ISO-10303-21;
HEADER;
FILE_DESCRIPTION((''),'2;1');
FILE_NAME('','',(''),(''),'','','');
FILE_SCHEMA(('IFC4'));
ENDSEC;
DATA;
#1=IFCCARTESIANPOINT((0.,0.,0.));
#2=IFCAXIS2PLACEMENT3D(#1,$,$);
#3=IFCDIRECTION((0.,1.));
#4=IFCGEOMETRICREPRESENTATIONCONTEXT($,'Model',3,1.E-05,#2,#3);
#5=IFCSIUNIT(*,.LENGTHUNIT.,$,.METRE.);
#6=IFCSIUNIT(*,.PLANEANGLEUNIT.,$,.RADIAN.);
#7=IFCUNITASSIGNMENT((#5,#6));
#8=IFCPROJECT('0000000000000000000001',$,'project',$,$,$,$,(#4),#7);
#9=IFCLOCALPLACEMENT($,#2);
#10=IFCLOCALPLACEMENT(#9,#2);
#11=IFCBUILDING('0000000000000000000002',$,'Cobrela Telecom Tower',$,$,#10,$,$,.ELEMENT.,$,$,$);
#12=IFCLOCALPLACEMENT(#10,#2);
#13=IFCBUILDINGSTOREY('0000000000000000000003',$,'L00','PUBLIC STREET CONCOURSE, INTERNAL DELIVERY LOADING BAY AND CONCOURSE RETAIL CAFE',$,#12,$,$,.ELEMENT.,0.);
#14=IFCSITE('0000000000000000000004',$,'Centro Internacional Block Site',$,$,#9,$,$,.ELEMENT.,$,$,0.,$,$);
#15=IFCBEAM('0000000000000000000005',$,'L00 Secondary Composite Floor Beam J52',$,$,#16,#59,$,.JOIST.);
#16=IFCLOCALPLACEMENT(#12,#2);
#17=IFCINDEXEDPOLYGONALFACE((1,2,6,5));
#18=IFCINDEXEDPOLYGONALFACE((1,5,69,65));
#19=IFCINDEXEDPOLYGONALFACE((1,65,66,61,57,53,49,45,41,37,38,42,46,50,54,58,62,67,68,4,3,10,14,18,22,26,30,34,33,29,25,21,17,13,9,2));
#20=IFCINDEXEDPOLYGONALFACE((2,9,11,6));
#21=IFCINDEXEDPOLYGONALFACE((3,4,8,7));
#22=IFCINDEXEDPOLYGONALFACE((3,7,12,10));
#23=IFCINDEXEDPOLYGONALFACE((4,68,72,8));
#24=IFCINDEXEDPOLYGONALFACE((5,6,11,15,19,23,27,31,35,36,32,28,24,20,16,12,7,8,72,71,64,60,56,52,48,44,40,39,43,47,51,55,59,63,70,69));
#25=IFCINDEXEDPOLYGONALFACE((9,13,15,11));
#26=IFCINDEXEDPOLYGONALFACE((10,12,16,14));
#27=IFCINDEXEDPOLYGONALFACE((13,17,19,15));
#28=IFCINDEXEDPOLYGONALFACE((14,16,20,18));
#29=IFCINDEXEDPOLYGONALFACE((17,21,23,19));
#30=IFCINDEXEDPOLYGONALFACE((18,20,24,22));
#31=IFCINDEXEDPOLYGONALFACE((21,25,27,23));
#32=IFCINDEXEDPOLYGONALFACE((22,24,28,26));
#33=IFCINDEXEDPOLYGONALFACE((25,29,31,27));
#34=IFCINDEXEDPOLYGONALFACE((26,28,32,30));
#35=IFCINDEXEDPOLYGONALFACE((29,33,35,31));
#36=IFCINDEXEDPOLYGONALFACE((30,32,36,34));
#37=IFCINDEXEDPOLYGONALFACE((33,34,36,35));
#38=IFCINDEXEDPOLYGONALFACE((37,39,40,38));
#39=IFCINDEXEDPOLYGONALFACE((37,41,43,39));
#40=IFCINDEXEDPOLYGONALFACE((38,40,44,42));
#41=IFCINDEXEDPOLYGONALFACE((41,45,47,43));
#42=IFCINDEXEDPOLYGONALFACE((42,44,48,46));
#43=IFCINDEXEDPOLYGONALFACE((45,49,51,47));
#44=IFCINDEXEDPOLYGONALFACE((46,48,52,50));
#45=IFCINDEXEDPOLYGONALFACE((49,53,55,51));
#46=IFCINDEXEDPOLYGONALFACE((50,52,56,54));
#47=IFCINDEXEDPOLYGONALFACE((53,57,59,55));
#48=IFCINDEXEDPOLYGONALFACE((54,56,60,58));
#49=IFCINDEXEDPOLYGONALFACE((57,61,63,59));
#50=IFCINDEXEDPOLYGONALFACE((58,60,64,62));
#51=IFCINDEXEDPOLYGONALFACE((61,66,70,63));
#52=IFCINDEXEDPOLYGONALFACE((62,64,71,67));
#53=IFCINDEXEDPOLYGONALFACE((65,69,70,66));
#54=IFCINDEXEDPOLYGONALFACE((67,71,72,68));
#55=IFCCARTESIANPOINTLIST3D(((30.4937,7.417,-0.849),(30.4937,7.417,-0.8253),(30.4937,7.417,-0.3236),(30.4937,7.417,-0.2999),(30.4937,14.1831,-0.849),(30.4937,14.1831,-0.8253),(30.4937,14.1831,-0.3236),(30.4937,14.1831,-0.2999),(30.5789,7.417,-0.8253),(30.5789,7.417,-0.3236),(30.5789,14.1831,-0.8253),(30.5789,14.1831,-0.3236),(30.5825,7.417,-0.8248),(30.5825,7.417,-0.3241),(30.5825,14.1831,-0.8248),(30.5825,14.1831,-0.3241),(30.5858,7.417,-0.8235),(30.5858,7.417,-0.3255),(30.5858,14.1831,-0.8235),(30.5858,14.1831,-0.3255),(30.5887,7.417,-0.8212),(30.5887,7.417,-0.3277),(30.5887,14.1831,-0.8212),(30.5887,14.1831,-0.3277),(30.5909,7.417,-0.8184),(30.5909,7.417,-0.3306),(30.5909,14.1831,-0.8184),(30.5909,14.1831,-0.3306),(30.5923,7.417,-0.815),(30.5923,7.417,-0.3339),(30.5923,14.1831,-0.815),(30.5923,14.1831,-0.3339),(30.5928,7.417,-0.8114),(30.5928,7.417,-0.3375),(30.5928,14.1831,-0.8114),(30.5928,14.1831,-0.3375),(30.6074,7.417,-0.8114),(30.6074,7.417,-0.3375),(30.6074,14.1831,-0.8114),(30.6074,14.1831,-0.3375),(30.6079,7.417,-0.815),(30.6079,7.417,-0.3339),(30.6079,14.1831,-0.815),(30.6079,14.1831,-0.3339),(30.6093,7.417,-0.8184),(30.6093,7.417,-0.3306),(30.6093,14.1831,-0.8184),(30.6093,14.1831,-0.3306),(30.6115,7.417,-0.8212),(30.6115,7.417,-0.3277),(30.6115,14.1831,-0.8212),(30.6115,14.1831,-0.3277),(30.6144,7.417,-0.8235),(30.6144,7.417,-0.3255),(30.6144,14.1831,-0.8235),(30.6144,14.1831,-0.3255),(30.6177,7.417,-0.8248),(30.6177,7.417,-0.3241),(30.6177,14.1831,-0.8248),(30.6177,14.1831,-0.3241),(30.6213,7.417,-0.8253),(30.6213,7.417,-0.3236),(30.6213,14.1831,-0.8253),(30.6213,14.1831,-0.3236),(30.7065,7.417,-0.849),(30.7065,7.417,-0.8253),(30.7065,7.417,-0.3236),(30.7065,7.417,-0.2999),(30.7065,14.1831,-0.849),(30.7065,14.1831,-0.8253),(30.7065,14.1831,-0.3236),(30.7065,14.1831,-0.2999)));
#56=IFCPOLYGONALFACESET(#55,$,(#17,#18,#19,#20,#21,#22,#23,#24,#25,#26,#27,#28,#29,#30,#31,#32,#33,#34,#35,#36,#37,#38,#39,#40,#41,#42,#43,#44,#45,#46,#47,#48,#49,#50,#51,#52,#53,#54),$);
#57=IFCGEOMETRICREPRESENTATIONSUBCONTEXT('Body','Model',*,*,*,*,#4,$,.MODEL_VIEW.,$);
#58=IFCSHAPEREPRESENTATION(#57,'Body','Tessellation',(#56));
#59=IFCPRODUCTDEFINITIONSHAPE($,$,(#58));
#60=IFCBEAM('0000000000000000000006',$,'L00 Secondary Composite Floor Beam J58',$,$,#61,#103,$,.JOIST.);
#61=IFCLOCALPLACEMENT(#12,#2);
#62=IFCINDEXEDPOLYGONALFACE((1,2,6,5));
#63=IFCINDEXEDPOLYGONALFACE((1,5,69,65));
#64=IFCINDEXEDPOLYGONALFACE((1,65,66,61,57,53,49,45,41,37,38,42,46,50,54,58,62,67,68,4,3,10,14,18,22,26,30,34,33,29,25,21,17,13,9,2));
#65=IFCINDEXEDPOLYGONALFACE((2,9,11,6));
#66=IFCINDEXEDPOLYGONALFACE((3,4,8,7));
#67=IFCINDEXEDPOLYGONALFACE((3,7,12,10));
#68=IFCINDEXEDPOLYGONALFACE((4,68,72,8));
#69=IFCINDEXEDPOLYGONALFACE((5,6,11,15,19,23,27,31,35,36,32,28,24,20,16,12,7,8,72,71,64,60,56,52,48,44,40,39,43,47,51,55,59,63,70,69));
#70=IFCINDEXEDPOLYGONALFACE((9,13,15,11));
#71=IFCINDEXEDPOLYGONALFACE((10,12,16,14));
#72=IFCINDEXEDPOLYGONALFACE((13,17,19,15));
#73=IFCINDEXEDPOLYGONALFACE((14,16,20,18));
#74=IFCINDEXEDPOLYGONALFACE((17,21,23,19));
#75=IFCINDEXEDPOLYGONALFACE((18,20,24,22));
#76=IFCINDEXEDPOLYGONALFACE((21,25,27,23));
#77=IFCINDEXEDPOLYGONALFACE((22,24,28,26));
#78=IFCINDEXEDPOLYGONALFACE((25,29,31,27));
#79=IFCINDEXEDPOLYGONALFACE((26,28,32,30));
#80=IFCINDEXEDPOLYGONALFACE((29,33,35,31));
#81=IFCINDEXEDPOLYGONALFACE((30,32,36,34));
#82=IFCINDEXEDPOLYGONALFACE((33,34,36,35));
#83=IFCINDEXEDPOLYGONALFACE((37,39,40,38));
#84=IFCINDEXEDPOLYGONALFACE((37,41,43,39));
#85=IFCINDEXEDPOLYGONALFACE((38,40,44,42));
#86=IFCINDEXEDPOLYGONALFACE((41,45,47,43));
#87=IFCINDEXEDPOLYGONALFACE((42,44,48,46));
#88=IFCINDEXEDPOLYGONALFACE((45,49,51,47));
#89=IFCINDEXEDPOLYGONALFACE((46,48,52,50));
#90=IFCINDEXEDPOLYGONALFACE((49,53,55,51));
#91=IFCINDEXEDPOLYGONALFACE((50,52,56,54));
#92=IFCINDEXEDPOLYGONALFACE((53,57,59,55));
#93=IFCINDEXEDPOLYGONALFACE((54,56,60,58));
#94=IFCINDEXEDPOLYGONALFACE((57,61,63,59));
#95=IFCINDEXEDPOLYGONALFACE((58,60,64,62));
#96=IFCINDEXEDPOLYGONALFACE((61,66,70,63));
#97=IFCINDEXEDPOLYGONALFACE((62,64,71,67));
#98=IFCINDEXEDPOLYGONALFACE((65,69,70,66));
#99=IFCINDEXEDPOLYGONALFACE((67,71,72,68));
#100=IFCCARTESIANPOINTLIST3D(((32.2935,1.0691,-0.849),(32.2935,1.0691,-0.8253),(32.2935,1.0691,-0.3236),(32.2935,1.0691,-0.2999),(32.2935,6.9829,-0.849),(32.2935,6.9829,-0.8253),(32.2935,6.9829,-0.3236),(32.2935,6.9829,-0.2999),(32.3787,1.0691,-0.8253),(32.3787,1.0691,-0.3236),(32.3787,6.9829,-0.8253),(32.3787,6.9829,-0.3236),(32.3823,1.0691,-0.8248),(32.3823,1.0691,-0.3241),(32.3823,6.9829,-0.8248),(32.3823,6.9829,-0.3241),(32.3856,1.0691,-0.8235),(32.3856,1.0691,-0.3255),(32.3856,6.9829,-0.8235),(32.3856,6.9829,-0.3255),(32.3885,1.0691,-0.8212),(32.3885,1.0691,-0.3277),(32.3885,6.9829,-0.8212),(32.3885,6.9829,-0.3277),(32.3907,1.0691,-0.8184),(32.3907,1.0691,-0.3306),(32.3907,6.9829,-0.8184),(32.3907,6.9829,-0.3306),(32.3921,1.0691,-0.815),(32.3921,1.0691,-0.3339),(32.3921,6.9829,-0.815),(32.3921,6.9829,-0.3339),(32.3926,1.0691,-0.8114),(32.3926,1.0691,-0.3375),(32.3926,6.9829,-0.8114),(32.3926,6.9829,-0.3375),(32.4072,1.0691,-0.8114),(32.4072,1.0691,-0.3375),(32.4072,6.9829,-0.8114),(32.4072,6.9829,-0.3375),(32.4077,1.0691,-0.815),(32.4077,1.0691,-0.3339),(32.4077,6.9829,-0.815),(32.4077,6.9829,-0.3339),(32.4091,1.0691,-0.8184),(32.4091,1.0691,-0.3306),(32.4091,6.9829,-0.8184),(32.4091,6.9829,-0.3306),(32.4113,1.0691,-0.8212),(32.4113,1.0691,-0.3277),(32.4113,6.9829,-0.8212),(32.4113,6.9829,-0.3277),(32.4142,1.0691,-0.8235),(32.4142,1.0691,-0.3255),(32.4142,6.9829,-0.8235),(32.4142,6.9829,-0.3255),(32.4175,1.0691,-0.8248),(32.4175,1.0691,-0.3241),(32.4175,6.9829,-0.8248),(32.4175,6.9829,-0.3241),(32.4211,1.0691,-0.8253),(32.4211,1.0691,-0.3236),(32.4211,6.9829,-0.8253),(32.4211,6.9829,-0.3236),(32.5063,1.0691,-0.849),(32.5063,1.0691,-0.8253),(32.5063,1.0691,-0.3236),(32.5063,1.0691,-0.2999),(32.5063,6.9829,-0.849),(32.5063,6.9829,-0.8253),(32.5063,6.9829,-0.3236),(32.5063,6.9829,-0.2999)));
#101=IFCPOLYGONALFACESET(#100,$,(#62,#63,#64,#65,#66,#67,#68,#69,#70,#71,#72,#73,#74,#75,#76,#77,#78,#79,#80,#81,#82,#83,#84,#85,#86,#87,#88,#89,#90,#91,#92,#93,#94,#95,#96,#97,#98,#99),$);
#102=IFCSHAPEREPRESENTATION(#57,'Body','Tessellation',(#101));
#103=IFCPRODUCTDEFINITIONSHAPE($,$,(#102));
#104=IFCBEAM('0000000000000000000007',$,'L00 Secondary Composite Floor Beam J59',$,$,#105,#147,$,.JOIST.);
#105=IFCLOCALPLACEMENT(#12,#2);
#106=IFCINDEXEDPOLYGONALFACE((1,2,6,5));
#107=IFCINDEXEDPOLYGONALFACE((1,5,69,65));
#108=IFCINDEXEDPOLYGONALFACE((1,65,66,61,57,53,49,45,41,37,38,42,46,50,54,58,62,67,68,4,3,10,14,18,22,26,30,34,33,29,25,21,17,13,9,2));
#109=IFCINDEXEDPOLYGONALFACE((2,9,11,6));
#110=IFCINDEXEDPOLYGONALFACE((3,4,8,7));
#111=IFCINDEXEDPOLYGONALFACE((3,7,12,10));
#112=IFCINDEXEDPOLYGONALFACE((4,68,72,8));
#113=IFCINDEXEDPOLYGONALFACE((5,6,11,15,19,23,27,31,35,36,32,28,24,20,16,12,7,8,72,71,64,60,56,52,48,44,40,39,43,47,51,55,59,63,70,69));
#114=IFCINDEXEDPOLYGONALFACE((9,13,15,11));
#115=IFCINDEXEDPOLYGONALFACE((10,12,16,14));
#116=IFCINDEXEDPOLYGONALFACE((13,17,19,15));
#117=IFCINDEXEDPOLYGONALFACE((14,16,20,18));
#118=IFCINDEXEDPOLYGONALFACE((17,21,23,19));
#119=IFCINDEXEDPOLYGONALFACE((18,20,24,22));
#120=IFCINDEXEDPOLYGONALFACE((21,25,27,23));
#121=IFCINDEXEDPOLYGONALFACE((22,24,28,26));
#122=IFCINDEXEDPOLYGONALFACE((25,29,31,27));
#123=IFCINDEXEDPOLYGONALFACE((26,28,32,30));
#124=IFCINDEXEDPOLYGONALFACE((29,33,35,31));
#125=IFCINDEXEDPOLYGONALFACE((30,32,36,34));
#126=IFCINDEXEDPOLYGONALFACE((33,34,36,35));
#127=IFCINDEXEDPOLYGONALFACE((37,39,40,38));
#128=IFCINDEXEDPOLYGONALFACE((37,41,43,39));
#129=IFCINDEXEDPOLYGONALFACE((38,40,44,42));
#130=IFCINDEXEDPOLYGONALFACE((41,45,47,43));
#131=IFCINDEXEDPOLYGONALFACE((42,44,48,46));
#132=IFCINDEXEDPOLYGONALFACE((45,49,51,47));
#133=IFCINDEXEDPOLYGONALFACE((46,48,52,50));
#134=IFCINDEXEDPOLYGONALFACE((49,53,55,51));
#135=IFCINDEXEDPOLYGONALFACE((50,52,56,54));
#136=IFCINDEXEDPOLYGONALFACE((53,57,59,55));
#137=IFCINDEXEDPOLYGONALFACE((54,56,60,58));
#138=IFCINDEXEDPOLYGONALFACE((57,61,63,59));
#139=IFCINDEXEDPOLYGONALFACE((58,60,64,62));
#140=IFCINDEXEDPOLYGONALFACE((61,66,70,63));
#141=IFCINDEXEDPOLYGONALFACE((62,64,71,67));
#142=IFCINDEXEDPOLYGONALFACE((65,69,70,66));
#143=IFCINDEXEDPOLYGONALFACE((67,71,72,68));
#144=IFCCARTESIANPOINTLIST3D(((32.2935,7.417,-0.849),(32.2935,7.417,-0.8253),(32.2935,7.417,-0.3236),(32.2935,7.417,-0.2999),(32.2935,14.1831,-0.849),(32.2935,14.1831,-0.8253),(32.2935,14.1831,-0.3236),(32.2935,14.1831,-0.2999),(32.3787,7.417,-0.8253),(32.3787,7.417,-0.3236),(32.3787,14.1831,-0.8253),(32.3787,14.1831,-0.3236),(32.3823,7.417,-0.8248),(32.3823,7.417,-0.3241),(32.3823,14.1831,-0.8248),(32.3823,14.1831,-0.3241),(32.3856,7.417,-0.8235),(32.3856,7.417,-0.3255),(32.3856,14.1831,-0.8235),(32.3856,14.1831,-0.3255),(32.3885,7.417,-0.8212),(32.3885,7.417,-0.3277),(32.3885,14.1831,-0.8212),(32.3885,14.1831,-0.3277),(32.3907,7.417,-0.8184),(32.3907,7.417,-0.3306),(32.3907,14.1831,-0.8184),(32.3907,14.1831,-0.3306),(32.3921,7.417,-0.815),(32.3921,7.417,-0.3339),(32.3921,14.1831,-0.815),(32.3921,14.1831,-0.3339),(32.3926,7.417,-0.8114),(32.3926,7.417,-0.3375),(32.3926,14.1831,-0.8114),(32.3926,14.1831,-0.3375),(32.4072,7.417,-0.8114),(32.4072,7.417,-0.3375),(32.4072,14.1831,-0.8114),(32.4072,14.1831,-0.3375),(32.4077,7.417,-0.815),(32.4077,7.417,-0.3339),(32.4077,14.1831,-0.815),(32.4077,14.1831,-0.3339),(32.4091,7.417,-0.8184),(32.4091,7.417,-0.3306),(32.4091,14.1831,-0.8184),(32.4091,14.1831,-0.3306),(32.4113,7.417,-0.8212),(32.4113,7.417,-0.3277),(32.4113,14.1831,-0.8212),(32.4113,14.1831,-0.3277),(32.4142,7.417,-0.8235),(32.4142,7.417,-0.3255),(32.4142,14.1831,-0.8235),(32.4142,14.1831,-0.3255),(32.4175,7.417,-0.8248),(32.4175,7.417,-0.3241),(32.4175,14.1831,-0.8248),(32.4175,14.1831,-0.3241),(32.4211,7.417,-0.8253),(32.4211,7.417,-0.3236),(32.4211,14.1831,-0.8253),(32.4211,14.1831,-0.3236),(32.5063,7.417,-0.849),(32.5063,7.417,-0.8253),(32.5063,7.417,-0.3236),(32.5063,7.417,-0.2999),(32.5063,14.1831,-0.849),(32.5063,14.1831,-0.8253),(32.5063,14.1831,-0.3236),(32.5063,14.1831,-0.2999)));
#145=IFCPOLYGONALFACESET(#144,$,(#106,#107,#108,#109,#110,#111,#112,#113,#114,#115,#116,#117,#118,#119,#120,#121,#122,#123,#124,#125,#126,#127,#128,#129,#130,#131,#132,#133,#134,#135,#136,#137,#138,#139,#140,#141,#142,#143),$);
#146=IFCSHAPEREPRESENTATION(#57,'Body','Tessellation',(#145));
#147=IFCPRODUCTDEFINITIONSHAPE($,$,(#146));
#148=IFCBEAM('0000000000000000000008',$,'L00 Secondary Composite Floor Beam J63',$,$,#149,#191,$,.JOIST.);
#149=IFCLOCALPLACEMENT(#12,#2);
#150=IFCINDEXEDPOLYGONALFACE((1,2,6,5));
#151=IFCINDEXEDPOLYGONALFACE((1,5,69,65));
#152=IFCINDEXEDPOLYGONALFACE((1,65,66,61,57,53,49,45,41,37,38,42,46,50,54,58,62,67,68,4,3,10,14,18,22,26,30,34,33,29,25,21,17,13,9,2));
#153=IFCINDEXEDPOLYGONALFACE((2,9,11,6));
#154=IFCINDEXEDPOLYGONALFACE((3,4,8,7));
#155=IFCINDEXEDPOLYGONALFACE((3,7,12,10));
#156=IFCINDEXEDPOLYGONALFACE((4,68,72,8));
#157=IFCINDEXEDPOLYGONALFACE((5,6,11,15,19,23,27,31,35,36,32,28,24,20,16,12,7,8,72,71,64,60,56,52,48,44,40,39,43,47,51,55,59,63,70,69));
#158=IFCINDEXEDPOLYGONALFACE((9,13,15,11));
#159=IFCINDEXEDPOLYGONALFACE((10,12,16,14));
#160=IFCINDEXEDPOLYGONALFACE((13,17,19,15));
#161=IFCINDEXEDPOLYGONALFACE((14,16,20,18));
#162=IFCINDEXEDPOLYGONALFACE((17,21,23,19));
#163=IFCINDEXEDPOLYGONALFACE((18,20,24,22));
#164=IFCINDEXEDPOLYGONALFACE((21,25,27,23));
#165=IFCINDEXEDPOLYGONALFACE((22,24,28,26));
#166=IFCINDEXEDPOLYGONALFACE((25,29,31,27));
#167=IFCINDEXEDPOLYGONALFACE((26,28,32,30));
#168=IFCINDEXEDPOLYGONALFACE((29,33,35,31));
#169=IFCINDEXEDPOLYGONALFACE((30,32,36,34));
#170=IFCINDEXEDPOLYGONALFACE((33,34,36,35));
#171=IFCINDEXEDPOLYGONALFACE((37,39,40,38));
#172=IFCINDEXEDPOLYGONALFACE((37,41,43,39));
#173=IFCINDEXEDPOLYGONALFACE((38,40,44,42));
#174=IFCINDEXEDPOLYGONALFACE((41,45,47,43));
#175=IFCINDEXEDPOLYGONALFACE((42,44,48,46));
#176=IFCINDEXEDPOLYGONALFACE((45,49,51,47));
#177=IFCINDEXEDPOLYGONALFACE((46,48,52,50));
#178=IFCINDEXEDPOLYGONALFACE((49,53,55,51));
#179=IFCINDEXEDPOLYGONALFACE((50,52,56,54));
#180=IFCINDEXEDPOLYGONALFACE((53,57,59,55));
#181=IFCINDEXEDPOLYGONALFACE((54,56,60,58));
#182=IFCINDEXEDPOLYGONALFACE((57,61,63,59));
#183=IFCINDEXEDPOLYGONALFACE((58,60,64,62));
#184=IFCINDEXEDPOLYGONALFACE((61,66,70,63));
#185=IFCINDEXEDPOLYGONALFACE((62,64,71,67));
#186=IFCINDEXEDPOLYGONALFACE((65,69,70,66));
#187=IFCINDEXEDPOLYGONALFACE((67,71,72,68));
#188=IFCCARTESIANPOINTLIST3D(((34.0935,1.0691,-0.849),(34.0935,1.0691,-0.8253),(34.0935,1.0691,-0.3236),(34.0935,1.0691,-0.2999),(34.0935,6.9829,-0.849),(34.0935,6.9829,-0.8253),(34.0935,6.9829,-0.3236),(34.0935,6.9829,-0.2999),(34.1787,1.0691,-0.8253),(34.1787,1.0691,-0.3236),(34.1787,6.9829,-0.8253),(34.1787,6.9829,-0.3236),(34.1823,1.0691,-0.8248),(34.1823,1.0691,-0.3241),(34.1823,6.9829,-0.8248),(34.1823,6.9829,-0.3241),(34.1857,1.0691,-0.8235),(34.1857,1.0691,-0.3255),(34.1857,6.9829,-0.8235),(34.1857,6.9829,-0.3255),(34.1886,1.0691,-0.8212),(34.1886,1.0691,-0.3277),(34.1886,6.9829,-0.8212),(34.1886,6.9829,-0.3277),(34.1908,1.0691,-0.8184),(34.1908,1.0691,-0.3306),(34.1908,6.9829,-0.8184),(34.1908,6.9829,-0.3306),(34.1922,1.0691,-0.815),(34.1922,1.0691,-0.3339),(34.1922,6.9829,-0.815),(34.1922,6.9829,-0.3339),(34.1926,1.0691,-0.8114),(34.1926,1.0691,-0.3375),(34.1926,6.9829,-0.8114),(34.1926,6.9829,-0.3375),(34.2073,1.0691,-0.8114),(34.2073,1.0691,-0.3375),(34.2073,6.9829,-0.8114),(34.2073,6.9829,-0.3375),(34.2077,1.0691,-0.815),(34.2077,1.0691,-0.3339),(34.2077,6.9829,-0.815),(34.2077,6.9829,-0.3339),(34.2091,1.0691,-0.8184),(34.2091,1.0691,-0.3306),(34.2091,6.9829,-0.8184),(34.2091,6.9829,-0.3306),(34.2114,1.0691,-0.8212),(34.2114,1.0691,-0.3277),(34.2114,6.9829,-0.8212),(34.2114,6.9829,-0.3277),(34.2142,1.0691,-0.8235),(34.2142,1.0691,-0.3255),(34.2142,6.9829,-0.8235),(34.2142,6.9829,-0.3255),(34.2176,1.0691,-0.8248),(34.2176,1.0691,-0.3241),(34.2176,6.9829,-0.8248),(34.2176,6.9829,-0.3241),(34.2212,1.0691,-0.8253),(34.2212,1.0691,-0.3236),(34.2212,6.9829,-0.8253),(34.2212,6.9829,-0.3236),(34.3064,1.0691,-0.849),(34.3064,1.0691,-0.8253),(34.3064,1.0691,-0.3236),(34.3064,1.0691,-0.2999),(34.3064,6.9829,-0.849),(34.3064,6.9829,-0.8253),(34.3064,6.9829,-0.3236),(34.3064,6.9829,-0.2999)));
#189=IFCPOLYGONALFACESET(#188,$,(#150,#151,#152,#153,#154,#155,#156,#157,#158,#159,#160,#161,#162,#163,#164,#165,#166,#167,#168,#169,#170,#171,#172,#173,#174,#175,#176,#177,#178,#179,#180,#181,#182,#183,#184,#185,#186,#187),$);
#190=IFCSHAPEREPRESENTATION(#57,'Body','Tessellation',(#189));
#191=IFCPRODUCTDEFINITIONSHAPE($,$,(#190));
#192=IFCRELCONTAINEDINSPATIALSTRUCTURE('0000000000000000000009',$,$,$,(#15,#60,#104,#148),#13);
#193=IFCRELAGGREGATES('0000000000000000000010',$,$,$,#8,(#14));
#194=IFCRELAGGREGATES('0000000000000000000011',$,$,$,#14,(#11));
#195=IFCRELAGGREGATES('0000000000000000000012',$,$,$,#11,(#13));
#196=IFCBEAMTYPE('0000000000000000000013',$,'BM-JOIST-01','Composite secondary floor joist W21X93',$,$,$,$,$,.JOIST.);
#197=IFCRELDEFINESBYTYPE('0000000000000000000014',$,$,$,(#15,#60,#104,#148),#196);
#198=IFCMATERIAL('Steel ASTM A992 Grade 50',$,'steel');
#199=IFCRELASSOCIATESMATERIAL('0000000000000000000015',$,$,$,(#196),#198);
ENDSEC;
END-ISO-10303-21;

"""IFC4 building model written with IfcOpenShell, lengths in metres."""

from ifc_helpers import new_model, si_unit, direction, frame, origin, origin_2d, place, context, subcontext, project, spatial, i_section, extrude, material, material_profile, profile_set, type_object, element, save


model = new_model("IFC4")

# Units and contexts
model_context = context("Model", 3, precision=1e-05, world=origin(), true_north=direction((0.0, 1.0)))
body_context = subcontext(model_context, "Body", "Model", "MODEL_VIEW")
ifc_project = project(units=[si_unit("LENGTHUNIT", "METRE"), si_unit("PLANEANGLEUNIT", "RADIAN")], contexts=[model_context])

# Site, building, storey
site_placement = place(None, origin())
site = spatial("IfcSite", under=ifc_project, at=site_placement, Name="Centro Internacional Block Site", CompositionType="ELEMENT", RefElevation=0.0)
building_placement = place(site_placement, origin())
building = spatial("IfcBuilding", under=site, at=building_placement, Name="Cobrela Telecom Tower", CompositionType="ELEMENT")
storey_placement = place(building_placement, origin())
storey = spatial("IfcBuildingStorey", under=building, at=storey_placement, Name="L00", Description="PUBLIC STREET CONCOURSE, INTERNAL DELIVERY LOADING BAY AND CONCOURSE RETAIL CAFE", CompositionType="ELEMENT", Elevation=0.0)

# Beams
ifc_material_1 = material(Name="Steel ASTM A992 Grade 50", Category="steel")
ifc_material_profile_1 = material_profile(ifc_material_1, i_section(OverallWidth=0.2129, OverallDepth=0.5491, WebThickness=0.0146, FlangeThickness=0.0237, FilletRadius=0.0139, at=origin_2d()), Name="W21X93")
ifc_profile_set_1 = profile_set([ifc_material_profile_1], Name="Steel ASTM A992 Grade 50")
beam_type_1 = type_object("IfcBeamType", Name="BM-JOIST-01", Description="Composite secondary floor joist W21X93", PredefinedType="JOIST", material=ifc_profile_set_1)
beam_1_placement = place(storey_placement, frame((30.6001, 7.417, -0.5745), z_axis=(0.0, 1.0, 0.0), x_axis=(-1.0, 0.0, 0.0)))
element("IfcBeam", 1, at=beam_1_placement, inside=storey, type_object=beam_type_1, Name="L00 Secondary Composite Floor Beam J52", PredefinedType="JOIST", context=body_context, shape_type="SweptSolid", body=[
    extrude(i_section(OverallWidth=0.2129, OverallDepth=0.5491, WebThickness=0.0146, FlangeThickness=0.0237, FilletRadius=0.0139, at=origin_2d()), origin(), (0.0, 0.0, 1.0), 6.7661),
])
beam_2_placement = place(storey_placement, frame((32.3999, 1.0691, -0.5745), z_axis=(0.0, 1.0, 0.0), x_axis=(-1.0, 0.0, 0.0)))
element("IfcBeam", 2, at=beam_2_placement, inside=storey, type_object=beam_type_1, Name="L00 Secondary Composite Floor Beam J58", PredefinedType="JOIST", context=body_context, shape_type="SweptSolid", body=[
    extrude(i_section(OverallWidth=0.2129, OverallDepth=0.5491, WebThickness=0.0146, FlangeThickness=0.0237, FilletRadius=0.0139, at=origin_2d()), origin(), (0.0, 0.0, 1.0), 5.9138),
])
beam_3_placement = place(storey_placement, frame((32.3999, 7.417, -0.5745), z_axis=(0.0, 1.0, 0.0), x_axis=(-1.0, 0.0, 0.0)))
element("IfcBeam", 3, at=beam_3_placement, inside=storey, type_object=beam_type_1, Name="L00 Secondary Composite Floor Beam J59", PredefinedType="JOIST", context=body_context, shape_type="SweptSolid", body=[
    extrude(i_section(OverallWidth=0.2129, OverallDepth=0.5491, WebThickness=0.0146, FlangeThickness=0.0237, FilletRadius=0.0139, at=origin_2d()), origin(), (0.0, 0.0, 1.0), 6.7661),
])
beam_4_placement = place(storey_placement, frame((34.2, 1.0691, -0.5745), z_axis=(0.0, 1.0, 0.0), x_axis=(-1.0, 0.0, 0.0)))
element("IfcBeam", 4, at=beam_4_placement, inside=storey, type_object=beam_type_1, Name="L00 Secondary Composite Floor Beam J63", PredefinedType="JOIST", context=body_context, shape_type="SweptSolid", body=[
    extrude(i_section(OverallWidth=0.2129, OverallDepth=0.5491, WebThickness=0.0146, FlangeThickness=0.0237, FilletRadius=0.0139, at=origin_2d()), origin(), (0.0, 0.0, 1.0), 5.9138),
])

save(model, "model.ifc")
